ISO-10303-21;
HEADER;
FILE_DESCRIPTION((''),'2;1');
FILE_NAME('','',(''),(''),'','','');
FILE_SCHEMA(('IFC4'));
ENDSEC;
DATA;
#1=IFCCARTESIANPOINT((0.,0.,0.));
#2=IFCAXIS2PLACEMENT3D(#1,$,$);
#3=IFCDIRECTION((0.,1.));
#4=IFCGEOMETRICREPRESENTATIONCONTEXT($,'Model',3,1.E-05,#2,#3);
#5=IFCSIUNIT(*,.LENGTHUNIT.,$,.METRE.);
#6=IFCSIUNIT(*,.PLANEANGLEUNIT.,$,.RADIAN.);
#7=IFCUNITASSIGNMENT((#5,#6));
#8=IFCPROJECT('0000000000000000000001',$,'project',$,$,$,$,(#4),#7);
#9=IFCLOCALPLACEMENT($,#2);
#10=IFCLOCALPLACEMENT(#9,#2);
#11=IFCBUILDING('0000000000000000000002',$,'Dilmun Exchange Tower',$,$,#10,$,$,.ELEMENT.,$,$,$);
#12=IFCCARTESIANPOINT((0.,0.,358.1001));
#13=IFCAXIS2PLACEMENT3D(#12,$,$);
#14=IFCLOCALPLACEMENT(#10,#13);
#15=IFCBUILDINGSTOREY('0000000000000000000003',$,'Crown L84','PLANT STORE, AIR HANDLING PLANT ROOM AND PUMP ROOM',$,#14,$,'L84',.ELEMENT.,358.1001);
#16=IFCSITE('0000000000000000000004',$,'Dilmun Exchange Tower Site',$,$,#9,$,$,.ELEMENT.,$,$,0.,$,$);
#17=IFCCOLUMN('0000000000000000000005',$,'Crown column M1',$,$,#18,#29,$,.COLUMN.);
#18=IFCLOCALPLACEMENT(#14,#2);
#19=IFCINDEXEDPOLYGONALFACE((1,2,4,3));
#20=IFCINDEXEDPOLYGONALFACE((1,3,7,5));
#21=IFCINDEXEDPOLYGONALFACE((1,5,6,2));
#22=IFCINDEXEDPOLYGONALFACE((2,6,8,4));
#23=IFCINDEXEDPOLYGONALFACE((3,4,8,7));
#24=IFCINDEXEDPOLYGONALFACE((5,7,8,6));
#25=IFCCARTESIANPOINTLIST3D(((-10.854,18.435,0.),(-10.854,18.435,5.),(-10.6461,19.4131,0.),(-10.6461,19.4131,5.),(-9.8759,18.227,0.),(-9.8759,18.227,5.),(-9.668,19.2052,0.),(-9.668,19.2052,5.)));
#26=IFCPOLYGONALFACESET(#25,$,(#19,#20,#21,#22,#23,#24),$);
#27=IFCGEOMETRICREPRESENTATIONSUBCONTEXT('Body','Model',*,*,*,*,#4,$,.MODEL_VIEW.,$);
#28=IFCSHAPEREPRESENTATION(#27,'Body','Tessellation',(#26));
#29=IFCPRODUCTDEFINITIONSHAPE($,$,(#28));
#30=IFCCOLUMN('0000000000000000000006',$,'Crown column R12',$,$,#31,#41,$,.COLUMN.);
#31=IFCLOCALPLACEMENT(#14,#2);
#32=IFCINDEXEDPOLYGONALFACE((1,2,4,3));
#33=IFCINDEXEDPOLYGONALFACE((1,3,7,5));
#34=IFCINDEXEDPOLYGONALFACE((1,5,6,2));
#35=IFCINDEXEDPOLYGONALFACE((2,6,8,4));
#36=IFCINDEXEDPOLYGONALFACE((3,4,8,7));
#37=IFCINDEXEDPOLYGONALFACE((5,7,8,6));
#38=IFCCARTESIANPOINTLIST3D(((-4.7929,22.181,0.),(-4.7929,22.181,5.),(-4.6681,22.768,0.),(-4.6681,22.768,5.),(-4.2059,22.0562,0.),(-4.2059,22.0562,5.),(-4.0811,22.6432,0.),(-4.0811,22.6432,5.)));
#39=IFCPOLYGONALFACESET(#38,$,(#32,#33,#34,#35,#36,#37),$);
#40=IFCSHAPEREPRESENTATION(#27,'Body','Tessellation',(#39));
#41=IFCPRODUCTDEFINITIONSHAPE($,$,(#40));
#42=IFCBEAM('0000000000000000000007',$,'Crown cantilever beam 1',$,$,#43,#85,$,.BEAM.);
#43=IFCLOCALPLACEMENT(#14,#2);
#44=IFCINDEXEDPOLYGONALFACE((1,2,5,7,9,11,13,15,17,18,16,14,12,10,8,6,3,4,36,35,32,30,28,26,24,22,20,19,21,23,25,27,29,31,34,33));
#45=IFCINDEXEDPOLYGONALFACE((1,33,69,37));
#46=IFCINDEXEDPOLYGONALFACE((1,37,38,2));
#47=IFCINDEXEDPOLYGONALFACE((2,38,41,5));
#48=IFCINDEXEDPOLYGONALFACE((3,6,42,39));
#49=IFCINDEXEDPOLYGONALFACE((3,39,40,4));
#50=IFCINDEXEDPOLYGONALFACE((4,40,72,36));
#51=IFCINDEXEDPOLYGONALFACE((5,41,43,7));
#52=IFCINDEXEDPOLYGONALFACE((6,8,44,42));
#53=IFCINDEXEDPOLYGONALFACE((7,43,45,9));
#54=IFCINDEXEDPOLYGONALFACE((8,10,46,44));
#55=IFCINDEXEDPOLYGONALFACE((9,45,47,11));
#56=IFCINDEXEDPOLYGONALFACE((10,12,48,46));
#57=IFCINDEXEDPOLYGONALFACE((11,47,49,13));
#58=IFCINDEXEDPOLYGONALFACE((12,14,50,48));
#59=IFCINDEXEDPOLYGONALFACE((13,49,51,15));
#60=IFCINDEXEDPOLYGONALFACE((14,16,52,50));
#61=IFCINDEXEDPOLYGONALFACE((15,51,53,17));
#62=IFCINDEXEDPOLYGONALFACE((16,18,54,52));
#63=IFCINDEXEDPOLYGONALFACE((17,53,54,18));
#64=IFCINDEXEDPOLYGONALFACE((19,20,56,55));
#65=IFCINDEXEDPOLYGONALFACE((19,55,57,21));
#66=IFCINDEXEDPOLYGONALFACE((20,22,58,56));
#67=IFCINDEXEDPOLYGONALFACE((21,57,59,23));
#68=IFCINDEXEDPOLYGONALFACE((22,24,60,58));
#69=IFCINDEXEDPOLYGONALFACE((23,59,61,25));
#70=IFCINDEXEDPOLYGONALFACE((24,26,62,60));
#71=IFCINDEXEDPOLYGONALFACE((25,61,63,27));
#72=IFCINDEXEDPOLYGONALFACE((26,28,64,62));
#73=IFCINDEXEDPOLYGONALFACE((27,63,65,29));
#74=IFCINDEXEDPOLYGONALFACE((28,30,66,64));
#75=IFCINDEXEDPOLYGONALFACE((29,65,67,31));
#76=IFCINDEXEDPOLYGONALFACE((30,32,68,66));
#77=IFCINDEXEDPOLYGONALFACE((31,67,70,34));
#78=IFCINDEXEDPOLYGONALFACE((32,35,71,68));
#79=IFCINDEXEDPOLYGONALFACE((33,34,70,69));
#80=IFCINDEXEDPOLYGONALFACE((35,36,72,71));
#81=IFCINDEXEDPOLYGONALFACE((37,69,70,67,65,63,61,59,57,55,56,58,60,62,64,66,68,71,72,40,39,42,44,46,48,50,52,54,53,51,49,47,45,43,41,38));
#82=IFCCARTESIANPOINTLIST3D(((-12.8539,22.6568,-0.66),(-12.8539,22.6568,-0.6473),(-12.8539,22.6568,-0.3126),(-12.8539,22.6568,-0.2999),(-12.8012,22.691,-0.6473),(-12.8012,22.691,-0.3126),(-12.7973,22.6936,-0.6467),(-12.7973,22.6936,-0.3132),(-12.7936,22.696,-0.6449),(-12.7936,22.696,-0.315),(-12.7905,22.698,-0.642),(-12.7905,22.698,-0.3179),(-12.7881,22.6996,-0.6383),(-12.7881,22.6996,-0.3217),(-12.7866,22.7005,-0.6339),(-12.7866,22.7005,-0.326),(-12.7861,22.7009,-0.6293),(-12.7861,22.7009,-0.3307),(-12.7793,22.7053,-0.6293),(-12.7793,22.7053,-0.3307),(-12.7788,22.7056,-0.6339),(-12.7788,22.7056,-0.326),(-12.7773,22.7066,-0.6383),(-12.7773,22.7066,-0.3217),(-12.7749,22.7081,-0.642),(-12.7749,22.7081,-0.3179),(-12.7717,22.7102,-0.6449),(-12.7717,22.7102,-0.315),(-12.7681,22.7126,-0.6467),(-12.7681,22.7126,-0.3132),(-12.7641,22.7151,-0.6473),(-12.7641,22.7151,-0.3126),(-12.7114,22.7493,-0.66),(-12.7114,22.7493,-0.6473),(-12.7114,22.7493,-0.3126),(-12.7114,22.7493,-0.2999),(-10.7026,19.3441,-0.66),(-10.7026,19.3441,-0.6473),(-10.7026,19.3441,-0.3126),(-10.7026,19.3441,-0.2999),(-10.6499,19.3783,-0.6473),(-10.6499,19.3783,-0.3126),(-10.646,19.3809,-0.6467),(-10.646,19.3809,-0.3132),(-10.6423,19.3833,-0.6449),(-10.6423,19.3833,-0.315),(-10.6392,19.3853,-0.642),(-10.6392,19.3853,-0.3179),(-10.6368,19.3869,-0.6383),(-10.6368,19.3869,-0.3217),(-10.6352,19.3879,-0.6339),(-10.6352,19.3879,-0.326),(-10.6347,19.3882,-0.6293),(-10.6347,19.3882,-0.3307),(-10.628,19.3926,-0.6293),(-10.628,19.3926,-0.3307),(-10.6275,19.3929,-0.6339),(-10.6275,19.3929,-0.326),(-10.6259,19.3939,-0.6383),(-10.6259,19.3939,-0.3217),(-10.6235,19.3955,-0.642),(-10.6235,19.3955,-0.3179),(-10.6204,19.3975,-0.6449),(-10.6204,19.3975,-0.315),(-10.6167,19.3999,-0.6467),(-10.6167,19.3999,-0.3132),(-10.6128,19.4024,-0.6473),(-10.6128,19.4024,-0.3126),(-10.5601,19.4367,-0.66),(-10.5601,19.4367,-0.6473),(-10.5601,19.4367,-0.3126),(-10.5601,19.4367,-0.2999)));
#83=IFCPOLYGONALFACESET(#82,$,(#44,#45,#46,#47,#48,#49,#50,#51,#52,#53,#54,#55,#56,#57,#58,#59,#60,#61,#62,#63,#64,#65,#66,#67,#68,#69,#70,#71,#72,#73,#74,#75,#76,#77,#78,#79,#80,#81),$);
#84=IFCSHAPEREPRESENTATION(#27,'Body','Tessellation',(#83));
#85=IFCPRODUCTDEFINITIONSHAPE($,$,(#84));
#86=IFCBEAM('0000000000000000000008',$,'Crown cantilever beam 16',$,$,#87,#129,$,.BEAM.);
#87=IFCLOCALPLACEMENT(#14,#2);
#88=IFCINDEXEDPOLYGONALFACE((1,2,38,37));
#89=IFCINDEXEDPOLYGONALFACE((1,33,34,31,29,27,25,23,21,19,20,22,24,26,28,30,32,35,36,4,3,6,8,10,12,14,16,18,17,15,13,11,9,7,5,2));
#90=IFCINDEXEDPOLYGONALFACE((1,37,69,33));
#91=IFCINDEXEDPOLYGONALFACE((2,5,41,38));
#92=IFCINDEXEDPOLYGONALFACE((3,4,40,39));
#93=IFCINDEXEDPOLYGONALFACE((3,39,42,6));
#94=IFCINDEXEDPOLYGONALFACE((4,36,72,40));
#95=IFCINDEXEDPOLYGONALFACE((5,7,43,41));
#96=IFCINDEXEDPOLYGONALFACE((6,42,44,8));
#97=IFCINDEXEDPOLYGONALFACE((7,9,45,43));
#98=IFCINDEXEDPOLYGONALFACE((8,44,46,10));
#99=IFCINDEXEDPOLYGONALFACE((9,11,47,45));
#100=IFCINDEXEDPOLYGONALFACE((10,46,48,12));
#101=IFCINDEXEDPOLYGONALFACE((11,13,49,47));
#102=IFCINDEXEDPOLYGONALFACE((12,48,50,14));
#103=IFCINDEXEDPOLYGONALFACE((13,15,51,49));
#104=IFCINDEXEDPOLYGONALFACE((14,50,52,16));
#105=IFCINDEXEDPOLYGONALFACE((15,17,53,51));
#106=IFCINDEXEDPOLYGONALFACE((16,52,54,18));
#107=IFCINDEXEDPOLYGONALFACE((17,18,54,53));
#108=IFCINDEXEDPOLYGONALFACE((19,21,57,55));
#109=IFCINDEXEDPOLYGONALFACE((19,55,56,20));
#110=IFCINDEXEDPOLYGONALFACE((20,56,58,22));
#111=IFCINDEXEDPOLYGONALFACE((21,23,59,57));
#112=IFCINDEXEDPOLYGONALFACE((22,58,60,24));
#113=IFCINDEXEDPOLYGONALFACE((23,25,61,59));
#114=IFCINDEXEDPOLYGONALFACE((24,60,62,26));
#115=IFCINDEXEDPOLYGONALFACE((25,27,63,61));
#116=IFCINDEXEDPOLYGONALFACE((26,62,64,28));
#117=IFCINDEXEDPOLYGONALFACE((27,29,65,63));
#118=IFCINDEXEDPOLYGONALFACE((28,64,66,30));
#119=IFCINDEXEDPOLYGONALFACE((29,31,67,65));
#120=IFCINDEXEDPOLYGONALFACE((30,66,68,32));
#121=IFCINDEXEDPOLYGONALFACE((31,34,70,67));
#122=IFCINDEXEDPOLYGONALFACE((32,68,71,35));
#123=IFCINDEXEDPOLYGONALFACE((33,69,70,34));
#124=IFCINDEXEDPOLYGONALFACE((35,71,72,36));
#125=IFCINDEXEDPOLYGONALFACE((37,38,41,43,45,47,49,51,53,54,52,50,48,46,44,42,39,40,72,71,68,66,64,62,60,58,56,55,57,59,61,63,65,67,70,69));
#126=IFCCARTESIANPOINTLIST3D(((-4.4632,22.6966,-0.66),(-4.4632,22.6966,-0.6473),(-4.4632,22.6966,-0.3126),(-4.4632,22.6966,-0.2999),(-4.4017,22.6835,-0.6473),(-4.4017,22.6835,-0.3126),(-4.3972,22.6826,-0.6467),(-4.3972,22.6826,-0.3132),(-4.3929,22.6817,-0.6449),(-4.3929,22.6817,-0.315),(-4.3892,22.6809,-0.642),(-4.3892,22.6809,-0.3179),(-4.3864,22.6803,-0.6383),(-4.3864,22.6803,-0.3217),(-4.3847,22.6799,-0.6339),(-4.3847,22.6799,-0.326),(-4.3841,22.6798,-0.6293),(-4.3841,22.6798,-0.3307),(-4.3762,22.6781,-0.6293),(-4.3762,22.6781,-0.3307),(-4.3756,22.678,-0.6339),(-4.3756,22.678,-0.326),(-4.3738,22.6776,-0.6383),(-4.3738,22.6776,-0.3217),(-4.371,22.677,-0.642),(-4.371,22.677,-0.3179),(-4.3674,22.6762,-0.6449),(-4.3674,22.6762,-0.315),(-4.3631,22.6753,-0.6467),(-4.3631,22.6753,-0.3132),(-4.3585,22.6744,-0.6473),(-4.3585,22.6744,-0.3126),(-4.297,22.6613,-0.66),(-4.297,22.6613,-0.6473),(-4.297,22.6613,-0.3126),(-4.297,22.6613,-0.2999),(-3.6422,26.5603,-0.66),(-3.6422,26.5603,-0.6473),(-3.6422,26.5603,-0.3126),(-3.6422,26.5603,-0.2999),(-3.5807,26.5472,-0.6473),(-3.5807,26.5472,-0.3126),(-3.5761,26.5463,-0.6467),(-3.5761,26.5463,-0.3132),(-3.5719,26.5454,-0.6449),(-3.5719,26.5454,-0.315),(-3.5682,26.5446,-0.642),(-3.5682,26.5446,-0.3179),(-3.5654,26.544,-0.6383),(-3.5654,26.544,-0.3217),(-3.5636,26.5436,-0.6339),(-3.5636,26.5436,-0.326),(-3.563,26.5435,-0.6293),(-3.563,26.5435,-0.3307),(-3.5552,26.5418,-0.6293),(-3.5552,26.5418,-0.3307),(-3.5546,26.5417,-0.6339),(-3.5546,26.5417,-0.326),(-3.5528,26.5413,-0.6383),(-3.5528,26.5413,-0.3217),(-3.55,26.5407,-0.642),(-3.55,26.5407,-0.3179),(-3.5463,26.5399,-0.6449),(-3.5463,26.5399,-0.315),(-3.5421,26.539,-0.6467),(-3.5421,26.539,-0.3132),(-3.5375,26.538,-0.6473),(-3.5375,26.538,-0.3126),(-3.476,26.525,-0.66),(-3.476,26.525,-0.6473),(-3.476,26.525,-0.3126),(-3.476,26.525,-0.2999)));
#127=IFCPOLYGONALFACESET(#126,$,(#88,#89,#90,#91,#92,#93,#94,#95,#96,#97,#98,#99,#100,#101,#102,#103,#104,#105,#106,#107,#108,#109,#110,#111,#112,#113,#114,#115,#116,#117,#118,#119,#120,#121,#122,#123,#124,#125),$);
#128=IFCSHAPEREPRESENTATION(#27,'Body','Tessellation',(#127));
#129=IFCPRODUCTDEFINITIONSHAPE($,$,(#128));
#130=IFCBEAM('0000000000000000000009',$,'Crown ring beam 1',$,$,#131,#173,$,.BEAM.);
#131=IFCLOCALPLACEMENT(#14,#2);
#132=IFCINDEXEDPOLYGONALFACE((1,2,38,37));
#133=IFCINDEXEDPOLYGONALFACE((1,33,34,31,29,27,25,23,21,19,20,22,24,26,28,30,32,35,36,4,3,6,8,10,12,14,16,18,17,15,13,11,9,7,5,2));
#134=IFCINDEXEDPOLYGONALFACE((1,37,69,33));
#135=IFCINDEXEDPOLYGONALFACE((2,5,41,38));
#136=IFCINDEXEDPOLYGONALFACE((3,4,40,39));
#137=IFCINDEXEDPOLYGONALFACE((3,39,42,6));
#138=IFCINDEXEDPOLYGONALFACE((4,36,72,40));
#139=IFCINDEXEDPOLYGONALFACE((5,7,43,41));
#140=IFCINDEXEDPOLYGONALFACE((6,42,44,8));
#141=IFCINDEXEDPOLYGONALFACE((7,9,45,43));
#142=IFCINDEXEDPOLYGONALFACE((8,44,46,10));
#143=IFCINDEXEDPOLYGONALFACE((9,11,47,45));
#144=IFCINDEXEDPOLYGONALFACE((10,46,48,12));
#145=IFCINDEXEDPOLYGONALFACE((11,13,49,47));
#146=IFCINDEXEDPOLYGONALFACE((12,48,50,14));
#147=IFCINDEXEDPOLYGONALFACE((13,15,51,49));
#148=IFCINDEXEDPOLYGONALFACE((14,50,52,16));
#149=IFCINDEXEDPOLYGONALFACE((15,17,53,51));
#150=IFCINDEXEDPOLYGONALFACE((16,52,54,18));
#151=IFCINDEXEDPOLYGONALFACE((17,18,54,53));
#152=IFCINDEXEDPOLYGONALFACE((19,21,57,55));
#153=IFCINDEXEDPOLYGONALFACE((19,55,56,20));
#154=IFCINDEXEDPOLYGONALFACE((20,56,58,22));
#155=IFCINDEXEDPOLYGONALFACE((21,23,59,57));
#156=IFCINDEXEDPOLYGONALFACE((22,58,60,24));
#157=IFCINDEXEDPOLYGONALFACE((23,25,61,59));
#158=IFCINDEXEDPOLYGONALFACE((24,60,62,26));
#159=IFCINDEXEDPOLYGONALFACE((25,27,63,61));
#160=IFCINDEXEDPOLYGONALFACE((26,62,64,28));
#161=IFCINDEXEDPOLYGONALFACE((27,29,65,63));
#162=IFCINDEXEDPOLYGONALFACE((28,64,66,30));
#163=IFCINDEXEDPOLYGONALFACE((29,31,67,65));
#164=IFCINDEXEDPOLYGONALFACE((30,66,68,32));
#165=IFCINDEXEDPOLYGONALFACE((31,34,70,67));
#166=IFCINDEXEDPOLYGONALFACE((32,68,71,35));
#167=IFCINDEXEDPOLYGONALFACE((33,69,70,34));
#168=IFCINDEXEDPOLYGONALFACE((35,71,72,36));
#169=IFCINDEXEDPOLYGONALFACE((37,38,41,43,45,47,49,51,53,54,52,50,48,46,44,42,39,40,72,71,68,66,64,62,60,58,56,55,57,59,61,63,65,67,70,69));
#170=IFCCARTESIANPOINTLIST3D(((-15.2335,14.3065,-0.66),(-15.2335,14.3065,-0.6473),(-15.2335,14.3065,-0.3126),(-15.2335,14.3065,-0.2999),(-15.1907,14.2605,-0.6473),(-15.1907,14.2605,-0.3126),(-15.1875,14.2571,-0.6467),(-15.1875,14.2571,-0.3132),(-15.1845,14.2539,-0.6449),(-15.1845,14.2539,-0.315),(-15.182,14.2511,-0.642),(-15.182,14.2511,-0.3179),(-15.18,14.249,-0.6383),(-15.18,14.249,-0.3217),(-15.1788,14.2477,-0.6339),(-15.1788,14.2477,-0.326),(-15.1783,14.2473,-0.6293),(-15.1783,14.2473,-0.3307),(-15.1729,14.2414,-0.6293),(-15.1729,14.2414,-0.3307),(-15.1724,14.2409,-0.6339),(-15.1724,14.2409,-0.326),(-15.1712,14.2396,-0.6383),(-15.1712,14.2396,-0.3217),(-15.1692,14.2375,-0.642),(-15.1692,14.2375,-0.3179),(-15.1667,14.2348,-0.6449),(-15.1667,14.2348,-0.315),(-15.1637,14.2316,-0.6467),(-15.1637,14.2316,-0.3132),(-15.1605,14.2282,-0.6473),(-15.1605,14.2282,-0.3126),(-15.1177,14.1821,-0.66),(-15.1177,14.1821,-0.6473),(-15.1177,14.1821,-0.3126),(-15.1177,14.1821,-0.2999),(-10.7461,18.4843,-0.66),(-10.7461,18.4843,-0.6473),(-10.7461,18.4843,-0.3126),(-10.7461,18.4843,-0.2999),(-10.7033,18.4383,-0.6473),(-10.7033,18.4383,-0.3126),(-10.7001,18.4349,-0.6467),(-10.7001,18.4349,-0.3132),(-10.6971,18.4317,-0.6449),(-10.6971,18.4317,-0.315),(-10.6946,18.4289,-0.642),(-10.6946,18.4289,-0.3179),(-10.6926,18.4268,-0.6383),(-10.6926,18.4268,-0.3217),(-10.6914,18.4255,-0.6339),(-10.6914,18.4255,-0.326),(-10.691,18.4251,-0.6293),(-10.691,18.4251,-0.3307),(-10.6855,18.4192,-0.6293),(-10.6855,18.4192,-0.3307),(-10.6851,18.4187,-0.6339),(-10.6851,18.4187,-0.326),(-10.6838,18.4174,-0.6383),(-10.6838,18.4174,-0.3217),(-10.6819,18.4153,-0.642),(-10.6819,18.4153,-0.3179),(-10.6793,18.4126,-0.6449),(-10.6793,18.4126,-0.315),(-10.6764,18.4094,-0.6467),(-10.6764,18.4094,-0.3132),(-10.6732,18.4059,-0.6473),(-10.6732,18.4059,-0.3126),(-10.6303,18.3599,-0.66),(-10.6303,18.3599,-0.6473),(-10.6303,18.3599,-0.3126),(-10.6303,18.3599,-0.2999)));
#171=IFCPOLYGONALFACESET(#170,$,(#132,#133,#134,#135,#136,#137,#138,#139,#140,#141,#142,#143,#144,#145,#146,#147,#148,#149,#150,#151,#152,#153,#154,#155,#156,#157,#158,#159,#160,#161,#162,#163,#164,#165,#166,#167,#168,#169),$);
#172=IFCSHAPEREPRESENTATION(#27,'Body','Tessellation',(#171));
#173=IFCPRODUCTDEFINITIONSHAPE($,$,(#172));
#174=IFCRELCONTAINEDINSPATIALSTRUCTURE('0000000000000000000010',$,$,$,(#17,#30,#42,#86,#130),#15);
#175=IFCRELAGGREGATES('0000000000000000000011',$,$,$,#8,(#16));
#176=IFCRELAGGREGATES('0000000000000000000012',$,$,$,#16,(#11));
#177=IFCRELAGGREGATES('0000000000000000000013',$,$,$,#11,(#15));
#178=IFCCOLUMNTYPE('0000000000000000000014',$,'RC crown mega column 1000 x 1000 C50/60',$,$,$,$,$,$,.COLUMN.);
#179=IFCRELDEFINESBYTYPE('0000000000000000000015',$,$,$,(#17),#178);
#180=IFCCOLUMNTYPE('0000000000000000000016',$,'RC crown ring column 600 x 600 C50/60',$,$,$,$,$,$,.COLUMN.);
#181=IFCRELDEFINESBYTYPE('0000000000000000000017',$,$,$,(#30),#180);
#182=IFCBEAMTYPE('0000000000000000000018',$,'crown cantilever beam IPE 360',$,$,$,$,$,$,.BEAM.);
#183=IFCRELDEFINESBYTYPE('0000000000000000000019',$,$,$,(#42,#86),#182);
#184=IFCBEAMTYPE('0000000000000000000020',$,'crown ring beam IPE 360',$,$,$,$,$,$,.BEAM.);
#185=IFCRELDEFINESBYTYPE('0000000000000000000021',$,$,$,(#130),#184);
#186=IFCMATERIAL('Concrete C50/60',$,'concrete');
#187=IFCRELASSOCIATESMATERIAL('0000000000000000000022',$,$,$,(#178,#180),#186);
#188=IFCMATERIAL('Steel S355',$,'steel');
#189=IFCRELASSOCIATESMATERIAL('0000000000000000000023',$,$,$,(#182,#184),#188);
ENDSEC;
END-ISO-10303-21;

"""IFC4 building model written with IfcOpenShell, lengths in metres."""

from ifc_helpers import new_model, si_unit, direction, frame, origin, origin_2d, place, context, subcontext, project, spatial, rectangle, i_section, extrude, material, material_profile, profile_set, type_object, element, save


model = new_model("IFC4")

# Units and contexts
model_context = context("Model", 3, precision=1e-05, world=origin(), true_north=direction((0.0, 1.0)))
body_context = subcontext(model_context, "Body", "Model", "MODEL_VIEW")
ifc_project = project(units=[si_unit("LENGTHUNIT", "METRE"), si_unit("PLANEANGLEUNIT", "RADIAN")], contexts=[model_context])

# Site, building, storey
site_placement = place(None, origin())
site = spatial("IfcSite", under=ifc_project, at=site_placement, Name="Dilmun Exchange Tower Site", CompositionType="ELEMENT", RefElevation=0.0)
building_placement = place(site_placement, origin())
building = spatial("IfcBuilding", under=site, at=building_placement, Name="Dilmun Exchange Tower", CompositionType="ELEMENT")
storey_placement = place(building_placement, frame((0.0, 0.0, 358.1001)))
storey = spatial("IfcBuildingStorey", under=building, at=storey_placement, Name="Crown L84", Description="PLANT STORE, AIR HANDLING PLANT ROOM AND PUMP ROOM", LongName="L84", CompositionType="ELEMENT", Elevation=358.1001)

# Columns
ifc_material_1 = material(Name="Concrete C50/60", Category="concrete")
ifc_material_profile_1 = material_profile(ifc_material_1, rectangle(XDim=1.0, YDim=1.0, at=origin_2d()), Name="1000 x 1000")
ifc_profile_set_1 = profile_set([ifc_material_profile_1], Name="Concrete C50/60")
column_type_1 = type_object("IfcColumnType", Name="RC crown mega column 1000 x 1000 C50/60", PredefinedType="COLUMN", material=ifc_profile_set_1)
column_1_placement = place(storey_placement, frame((-10.261, 18.8201, 0.0), z_axis=(0.0, 0.0, 1.0), x_axis=(0.207912, 0.978148, 0.0)))
element("IfcColumn", 1, at=column_1_placement, inside=storey, type_object=column_type_1, Name="Crown column M1", PredefinedType="COLUMN", context=body_context, shape_type="SweptSolid", body=[
    extrude(rectangle(XDim=1.0, YDim=1.0, at=origin_2d()), origin(), (0.0, 0.0, 1.0), 5.0),
])
ifc_material_profile_2 = material_profile(ifc_material_1, rectangle(XDim=0.6001, YDim=0.6001, at=origin_2d()), Name="600 x 600")
ifc_profile_set_2 = profile_set([ifc_material_profile_2], Name="Concrete C50/60")
column_type_2 = type_object("IfcColumnType", Name="RC crown ring column 600 x 600 C50/60", PredefinedType="COLUMN", material=ifc_profile_set_2)
column_2_placement = place(storey_placement, frame((-4.437, 22.4121, 0.0), z_axis=(0.0, 0.0, 1.0), x_axis=(0.207912, 0.978148, 0.0)))
element("IfcColumn", 2, at=column_2_placement, inside=storey, type_object=column_type_2, Name="Crown column R12", PredefinedType="COLUMN", context=body_context, shape_type="SweptSolid", body=[
    extrude(rectangle(XDim=0.6001, YDim=0.6001, at=origin_2d()), origin(), (0.0, 0.0, 1.0), 5.0),
])

# Beams
ifc_material_2 = material(Name="Steel S355", Category="steel")
ifc_material_profile_3 = material_profile(ifc_material_2, i_section(OverallWidth=0.1699, OverallDepth=0.3601, WebThickness=0.0081, FlangeThickness=0.0127, FilletRadius=0.0181, at=origin_2d()), Name="IPE 360")
ifc_profile_set_3 = profile_set([ifc_material_profile_3], Name="Steel S355")
beam_type_1 = type_object("IfcBeamType", Name="crown cantilever beam IPE 360", PredefinedType="BEAM", material=ifc_profile_set_3)
for number, where, z_axis, x_axis, name in (
    (3, (-10.6313, 19.3904, -0.48), (-0.544647, 0.838665, 0.0), (-0.838665, -0.544647, 0.0), "Crown cantilever beam 1"),
    (4, (-4.3801, 22.679, -0.48), (0.207857, 0.978159, 0.0), (-0.978159, 0.207857, 0.0), "Crown cantilever beam 16"),
):
    element("IfcBeam", number, at=place(storey_placement, frame(where, z_axis=z_axis, x_axis=x_axis)), inside=storey, type_object=beam_type_1, Name=name, PredefinedType="BEAM", context=body_context, shape_type="SweptSolid", body=[
        extrude(i_section(OverallWidth=0.1699, OverallDepth=0.3601, WebThickness=0.0081, FlangeThickness=0.0127, FilletRadius=0.0181, at=origin_2d()), origin(), (0.0, 0.0, 1.0), 3.95),
    ])
ifc_material_profile_4 = material_profile(ifc_material_2, i_section(OverallWidth=0.1699, OverallDepth=0.3601, WebThickness=0.0081, FlangeThickness=0.0127, FilletRadius=0.0181, at=origin_2d()), Name="IPE 360")
ifc_profile_set_4 = profile_set([ifc_material_profile_4], Name="Steel S355")
beam_type_2 = type_object("IfcBeamType", Name="crown ring beam IPE 360", PredefinedType="BEAM", material=ifc_profile_set_4)
beam_1_placement = place(storey_placement, frame((-10.6882, 18.4221, -0.48), z_axis=(-0.731902, -0.68141, 0.0), x_axis=(0.68141, -0.731902, 0.0)))
element("IfcBeam", 5, at=beam_1_placement, inside=storey, type_object=beam_type_2, Name="Crown ring beam 1", PredefinedType="BEAM", context=body_context, shape_type="SweptSolid", body=[
    extrude(i_section(OverallWidth=0.1699, OverallDepth=0.3601, WebThickness=0.0081, FlangeThickness=0.0127, FilletRadius=0.0181, at=origin_2d()), origin(), (0.0, 0.0, 1.0), 6.1311),
])

save(model, "model.ifc")
